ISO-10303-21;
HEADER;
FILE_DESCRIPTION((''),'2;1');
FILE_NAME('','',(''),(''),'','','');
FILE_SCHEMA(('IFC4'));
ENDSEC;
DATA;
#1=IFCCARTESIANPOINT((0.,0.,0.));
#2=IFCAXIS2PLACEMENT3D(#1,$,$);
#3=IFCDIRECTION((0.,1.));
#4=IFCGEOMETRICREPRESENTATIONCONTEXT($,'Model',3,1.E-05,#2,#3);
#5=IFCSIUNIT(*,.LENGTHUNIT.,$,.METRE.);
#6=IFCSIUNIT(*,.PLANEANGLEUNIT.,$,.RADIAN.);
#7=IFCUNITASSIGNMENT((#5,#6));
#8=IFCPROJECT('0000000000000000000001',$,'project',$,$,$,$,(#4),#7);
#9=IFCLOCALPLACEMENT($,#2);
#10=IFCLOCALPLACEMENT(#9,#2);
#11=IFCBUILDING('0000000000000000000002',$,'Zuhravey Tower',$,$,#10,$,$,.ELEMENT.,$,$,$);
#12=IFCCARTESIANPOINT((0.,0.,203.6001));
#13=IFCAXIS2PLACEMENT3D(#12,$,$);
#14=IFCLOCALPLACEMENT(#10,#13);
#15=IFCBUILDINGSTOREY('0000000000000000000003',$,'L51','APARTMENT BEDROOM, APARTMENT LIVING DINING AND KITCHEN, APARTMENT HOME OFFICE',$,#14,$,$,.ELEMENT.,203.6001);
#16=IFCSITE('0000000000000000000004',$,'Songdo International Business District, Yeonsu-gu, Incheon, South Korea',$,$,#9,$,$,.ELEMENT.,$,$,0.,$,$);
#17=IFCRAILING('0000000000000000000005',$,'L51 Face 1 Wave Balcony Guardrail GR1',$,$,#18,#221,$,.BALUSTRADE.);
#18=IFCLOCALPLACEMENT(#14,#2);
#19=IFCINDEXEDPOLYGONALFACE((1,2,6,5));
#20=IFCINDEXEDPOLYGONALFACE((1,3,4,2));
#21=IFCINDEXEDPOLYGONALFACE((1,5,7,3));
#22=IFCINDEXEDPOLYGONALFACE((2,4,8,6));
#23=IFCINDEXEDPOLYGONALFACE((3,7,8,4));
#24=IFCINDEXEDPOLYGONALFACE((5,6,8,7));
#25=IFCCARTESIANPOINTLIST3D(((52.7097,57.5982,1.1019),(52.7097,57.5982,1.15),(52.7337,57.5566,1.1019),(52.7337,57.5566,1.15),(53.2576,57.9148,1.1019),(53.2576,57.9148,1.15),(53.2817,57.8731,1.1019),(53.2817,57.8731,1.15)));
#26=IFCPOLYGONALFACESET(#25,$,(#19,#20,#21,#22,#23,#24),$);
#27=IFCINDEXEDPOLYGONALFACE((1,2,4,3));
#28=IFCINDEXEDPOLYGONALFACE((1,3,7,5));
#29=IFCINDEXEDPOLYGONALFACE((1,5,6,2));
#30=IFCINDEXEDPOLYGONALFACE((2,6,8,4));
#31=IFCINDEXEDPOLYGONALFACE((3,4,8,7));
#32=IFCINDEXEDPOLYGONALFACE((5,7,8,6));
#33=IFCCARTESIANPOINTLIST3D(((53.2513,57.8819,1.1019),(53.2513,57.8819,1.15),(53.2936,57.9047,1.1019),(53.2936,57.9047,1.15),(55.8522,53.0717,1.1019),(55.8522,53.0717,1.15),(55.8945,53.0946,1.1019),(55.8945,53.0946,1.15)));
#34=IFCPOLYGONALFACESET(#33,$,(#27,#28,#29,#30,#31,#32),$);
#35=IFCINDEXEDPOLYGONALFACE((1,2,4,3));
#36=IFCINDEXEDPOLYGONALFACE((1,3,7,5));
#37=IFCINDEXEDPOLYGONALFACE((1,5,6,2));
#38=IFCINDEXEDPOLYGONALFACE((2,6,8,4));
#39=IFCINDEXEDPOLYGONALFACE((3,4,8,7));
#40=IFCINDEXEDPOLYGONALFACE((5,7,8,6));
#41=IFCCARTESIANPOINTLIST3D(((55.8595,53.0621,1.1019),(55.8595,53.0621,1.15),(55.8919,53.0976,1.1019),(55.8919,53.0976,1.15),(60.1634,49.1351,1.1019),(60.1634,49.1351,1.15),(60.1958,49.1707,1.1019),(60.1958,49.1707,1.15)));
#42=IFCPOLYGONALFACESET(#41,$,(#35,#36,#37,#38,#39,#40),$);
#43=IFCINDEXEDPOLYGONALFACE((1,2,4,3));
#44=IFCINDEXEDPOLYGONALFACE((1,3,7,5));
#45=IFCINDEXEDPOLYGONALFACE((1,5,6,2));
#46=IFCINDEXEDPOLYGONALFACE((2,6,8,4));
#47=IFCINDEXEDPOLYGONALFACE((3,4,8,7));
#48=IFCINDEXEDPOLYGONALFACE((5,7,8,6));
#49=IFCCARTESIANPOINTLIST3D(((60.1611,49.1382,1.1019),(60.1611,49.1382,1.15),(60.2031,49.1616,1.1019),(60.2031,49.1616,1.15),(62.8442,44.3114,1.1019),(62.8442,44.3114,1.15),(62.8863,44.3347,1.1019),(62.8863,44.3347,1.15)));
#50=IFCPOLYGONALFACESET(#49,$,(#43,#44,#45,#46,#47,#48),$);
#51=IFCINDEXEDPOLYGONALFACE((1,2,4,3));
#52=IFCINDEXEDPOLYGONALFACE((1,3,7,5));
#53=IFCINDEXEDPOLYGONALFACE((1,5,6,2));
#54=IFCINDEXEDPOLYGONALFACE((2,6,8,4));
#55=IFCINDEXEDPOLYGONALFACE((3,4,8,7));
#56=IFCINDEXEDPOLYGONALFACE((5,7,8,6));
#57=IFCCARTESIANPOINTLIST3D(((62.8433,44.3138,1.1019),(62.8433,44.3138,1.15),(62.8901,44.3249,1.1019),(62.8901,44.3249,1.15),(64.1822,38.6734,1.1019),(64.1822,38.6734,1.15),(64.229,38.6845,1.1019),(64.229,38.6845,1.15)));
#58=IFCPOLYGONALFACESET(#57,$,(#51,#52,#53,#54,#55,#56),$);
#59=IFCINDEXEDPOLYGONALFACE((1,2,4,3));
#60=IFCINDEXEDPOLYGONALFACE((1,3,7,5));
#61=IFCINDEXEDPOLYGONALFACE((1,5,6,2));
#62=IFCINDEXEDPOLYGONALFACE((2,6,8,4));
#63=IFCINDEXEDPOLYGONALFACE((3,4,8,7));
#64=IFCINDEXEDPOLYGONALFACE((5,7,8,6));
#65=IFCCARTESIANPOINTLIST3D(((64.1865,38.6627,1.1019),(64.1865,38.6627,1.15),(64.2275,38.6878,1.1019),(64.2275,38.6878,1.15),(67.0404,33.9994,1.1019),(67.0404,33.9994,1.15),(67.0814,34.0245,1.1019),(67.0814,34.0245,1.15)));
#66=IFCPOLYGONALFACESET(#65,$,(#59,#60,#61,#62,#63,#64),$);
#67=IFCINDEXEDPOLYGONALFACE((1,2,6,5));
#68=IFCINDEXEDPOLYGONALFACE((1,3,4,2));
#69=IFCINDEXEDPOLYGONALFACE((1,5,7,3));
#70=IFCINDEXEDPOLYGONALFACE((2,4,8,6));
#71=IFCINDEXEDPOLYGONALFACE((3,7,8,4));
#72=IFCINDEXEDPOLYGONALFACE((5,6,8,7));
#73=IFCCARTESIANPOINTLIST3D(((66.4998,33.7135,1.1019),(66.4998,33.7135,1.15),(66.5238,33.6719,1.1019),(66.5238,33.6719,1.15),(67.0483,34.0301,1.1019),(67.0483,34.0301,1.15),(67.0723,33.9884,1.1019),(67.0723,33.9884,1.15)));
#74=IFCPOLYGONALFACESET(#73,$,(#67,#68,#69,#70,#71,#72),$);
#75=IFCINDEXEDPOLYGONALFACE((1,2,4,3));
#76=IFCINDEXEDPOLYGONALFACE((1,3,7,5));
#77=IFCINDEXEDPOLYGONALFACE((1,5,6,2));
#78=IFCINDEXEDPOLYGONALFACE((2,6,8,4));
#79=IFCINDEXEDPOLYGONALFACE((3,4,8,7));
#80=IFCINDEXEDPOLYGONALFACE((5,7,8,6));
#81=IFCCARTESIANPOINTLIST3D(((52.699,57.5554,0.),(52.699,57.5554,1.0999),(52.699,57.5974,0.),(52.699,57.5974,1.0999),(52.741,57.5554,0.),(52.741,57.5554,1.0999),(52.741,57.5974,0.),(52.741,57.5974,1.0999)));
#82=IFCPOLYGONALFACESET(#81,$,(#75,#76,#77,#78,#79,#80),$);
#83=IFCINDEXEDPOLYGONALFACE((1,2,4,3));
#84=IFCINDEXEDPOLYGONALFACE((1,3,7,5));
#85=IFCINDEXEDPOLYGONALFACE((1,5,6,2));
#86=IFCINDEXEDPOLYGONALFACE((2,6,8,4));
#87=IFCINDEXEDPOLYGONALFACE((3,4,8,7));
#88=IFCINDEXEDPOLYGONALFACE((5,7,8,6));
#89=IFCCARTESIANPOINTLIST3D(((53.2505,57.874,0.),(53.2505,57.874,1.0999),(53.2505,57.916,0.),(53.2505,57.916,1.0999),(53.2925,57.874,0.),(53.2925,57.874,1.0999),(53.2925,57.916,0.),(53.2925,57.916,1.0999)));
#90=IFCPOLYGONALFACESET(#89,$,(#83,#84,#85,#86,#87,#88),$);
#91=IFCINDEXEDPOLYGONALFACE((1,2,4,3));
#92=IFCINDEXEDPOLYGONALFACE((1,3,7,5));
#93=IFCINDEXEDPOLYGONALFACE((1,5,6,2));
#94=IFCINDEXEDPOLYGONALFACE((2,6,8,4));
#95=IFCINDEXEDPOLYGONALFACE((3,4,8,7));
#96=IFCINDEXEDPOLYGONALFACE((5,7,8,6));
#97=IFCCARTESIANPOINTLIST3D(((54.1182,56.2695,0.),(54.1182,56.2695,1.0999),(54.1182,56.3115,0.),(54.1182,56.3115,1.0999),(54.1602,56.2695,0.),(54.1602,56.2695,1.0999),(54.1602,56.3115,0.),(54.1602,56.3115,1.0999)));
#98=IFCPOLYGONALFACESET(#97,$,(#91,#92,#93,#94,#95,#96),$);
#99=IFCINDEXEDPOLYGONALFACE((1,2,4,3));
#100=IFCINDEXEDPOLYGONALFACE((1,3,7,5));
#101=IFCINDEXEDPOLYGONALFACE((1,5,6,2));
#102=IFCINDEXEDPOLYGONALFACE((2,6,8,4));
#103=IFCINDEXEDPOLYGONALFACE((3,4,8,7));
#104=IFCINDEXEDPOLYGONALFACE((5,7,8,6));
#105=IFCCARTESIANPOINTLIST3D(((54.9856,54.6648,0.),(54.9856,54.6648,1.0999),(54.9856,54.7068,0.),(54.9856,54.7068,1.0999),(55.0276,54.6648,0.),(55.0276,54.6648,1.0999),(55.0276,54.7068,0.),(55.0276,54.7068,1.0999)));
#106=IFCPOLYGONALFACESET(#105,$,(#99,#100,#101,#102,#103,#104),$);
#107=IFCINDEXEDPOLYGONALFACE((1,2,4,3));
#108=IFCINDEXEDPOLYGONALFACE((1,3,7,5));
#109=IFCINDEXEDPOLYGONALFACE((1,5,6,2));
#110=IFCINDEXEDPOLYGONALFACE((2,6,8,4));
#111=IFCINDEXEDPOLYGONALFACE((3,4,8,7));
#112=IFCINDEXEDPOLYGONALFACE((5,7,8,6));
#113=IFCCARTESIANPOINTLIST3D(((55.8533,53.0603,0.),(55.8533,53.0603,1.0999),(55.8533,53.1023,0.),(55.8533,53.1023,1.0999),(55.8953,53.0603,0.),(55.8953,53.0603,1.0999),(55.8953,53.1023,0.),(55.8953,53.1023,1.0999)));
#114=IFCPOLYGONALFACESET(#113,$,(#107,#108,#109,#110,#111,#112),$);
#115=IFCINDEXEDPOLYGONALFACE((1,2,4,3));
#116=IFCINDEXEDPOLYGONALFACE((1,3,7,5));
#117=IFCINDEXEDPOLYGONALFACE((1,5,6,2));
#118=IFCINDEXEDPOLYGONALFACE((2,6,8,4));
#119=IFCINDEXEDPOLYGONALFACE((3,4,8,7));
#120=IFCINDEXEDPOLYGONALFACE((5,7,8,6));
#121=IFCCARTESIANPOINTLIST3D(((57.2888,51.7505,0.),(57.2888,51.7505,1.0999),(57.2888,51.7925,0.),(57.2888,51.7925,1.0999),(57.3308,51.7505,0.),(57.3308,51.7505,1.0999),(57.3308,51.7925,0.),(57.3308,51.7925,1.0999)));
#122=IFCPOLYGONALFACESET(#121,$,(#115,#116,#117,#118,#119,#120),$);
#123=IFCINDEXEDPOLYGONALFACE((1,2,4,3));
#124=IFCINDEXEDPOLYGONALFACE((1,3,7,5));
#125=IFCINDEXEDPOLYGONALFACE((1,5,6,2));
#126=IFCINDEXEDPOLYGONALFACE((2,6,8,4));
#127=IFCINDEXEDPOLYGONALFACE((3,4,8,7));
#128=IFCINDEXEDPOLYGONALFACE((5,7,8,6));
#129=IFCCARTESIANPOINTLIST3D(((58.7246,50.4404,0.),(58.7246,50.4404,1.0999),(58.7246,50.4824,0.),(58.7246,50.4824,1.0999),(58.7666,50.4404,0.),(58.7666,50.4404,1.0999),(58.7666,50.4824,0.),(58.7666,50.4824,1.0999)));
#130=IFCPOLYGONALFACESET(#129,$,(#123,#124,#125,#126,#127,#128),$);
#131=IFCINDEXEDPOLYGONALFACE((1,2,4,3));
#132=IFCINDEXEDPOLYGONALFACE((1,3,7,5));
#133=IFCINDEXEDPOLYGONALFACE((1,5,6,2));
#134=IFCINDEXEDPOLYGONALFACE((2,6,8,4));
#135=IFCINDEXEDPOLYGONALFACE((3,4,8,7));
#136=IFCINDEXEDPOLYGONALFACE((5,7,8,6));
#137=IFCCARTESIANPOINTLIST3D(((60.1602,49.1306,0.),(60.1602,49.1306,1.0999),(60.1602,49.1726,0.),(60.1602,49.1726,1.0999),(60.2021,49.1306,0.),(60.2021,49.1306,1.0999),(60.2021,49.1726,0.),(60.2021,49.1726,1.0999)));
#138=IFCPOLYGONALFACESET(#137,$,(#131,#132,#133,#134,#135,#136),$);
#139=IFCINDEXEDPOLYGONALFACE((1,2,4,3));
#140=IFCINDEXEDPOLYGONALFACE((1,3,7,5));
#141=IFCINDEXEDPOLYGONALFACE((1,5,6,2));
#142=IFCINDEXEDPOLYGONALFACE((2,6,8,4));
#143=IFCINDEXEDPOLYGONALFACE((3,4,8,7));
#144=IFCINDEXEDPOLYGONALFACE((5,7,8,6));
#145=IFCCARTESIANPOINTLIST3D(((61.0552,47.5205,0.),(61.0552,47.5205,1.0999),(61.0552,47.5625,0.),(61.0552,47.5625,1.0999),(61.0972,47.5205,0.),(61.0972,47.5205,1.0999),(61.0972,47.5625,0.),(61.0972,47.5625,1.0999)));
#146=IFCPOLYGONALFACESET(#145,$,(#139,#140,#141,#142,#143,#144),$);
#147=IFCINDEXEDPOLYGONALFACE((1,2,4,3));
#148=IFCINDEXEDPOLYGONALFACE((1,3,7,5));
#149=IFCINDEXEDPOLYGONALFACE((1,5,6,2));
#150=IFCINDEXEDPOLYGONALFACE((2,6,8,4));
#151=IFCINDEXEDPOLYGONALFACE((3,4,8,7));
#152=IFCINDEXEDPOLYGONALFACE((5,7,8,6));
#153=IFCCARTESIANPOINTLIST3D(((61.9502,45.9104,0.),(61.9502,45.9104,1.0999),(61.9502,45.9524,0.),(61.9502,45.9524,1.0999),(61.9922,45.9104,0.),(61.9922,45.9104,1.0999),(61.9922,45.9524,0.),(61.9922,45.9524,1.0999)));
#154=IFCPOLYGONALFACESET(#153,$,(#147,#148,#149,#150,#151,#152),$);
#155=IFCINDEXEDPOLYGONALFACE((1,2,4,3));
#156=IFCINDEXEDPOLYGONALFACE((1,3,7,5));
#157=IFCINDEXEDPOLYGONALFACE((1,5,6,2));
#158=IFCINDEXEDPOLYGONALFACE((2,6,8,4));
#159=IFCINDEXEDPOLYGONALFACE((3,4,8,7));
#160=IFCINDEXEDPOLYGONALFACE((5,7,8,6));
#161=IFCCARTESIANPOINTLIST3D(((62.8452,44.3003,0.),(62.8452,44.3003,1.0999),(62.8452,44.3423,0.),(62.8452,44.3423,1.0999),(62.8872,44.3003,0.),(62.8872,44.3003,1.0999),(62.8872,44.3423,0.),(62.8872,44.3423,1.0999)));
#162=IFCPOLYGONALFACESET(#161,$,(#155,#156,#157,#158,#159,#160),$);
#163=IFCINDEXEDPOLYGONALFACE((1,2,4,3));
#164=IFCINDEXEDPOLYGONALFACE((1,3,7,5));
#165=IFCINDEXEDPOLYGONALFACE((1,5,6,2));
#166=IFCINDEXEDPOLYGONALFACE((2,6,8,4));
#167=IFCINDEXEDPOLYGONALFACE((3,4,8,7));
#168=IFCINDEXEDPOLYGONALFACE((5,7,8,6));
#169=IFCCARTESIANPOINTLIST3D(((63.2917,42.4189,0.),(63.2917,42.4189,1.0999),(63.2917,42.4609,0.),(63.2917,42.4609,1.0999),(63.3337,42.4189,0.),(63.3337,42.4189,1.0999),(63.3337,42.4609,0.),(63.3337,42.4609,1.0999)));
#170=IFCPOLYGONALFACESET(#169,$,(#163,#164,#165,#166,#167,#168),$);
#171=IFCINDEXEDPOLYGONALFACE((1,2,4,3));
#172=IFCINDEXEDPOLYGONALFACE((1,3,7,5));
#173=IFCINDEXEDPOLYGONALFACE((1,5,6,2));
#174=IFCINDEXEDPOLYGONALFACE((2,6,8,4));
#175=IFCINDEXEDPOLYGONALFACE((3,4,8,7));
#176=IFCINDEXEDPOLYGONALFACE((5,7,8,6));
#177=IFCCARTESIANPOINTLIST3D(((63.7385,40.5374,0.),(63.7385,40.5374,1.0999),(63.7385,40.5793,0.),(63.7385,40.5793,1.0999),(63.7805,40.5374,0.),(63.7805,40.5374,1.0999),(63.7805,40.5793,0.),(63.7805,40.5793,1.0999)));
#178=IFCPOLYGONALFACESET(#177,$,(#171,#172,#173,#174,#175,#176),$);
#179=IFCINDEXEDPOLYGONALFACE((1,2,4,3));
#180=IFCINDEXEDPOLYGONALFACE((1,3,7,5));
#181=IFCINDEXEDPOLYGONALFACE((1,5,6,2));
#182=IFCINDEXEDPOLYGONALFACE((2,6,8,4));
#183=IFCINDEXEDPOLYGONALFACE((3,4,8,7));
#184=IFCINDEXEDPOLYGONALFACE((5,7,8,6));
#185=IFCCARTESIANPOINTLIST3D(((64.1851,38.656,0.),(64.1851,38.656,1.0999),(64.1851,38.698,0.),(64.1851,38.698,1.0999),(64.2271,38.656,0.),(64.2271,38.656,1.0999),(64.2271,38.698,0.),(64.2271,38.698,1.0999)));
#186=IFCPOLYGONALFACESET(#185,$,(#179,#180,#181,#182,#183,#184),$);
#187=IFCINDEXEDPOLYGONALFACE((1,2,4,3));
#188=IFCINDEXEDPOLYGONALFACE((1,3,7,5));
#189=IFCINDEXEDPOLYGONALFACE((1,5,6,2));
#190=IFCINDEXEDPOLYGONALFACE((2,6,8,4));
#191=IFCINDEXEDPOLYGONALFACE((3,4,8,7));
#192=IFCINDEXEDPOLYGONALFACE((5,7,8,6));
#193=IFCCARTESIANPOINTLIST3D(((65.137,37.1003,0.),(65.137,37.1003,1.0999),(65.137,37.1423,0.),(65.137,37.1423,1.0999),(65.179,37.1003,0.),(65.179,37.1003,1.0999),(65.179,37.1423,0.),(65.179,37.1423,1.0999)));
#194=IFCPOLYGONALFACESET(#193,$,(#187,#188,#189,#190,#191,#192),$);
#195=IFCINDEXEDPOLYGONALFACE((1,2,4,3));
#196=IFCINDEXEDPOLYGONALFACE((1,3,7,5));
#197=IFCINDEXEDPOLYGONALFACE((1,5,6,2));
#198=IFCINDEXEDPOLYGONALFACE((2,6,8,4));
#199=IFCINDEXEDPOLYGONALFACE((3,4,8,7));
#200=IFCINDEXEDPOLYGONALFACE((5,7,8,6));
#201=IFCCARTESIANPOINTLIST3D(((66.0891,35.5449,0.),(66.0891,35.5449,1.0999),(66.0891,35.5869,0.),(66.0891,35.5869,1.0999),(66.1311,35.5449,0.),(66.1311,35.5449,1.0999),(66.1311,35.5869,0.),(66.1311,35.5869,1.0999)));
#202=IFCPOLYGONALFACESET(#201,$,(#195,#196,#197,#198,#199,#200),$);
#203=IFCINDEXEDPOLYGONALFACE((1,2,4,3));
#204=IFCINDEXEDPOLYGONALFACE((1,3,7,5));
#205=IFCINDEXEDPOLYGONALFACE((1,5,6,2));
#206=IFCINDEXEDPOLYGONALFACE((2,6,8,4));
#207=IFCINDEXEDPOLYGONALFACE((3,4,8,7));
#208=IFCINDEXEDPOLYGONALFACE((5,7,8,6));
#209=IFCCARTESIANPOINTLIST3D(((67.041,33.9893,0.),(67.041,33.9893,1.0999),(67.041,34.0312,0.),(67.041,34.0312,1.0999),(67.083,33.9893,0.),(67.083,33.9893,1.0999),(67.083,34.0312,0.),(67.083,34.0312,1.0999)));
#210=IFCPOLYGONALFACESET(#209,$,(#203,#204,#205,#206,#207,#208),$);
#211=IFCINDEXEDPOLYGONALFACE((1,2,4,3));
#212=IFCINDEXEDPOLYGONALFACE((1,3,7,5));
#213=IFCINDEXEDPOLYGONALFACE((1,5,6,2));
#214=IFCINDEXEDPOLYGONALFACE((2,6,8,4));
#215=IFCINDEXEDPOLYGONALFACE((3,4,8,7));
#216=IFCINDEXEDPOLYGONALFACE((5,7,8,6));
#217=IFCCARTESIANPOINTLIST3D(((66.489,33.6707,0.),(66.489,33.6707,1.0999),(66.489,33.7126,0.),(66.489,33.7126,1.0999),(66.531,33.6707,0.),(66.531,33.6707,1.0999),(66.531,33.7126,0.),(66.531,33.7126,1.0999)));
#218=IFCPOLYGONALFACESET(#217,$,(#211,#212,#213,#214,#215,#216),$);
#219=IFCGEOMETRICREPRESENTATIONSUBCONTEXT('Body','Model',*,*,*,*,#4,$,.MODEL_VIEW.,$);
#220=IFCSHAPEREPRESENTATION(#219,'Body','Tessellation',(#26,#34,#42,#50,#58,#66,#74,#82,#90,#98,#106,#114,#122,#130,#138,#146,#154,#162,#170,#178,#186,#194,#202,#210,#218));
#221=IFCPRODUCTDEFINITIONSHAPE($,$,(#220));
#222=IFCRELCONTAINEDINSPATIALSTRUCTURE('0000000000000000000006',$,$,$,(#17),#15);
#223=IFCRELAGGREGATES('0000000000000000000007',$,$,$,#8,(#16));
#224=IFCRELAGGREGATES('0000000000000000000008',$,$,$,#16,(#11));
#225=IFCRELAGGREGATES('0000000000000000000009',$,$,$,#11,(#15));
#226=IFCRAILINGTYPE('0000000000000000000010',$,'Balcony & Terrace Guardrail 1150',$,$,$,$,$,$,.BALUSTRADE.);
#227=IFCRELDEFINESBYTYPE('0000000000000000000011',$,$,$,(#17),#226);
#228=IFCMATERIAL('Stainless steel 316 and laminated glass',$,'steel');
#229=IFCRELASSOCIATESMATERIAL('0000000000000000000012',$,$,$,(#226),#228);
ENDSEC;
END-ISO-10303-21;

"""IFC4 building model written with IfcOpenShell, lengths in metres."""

from ifc_helpers import new_model, si_unit, direction, frame, origin, origin_2d, place, context, subcontext, project, spatial, rectangle, extrude, material, type_object, element, save


model = new_model("IFC4")

# Units and contexts
model_context = context("Model", 3, precision=1e-05, world=origin(), true_north=direction((0.0, 1.0)))
body_context = subcontext(model_context, "Body", "Model", "MODEL_VIEW")
ifc_project = project(units=[si_unit("LENGTHUNIT", "METRE"), si_unit("PLANEANGLEUNIT", "RADIAN")], contexts=[model_context])

# Site, building, storey
site_placement = place(None, origin())
site = spatial("IfcSite", under=ifc_project, at=site_placement, Name="Songdo International Business District, Yeonsu-gu, Incheon, South Korea", CompositionType="ELEMENT", RefElevation=0.0)
building_placement = place(site_placement, origin())
building = spatial("IfcBuilding", under=site, at=building_placement, Name="Zuhravey Tower", CompositionType="ELEMENT")
storey_placement = place(building_placement, frame((0.0, 0.0, 203.6001)))
storey = spatial("IfcBuildingStorey", under=building, at=storey_placement, Name="L51", Description="APARTMENT BEDROOM, APARTMENT LIVING DINING AND KITCHEN, APARTMENT HOME OFFICE", CompositionType="ELEMENT", Elevation=203.6001)

# Railing
ifc_material_1 = material(Name="Stainless steel 316 and laminated glass", Category="steel")
railing_type = type_object("IfcRailingType", Name="Balcony & Terrace Guardrail 1150", PredefinedType="BALUSTRADE", material=ifc_material_1)
railing_placement = place(storey_placement, frame((52.72, 57.5764, 0.0)))
element("IfcRailing", 1, at=railing_placement, inside=storey, type_object=railing_type, Name="L51 Face 1 Wave Balcony Guardrail GR1", PredefinedType="BALUSTRADE", context=body_context, shape_type="SweptSolid", body=[
    extrude(rectangle(XDim=0.0481, YDim=0.0481, at=origin_2d()), frame((0.0017, 0.001, 1.126), z_axis=(0.865898, 0.50022, 0.0), x_axis=(-0.50022, 0.865898, 0.0)), (0.0, 0.0, 1.0), 0.6328),
    extrude(rectangle(XDim=0.0481, YDim=0.0481, at=origin_2d()), frame((0.5525, 0.3169, 1.126), z_axis=(0.475626, -0.879647, 0.0), x_axis=(0.879647, 0.475626, 0.0)), (0.0, 0.0, 1.0), 5.4683),
    extrude(rectangle(XDim=0.0481, YDim=0.0481, at=origin_2d()), frame((3.1558, -4.4966, 1.126), z_axis=(0.738715, -0.674018, 0.0), x_axis=(0.674018, 0.738715, 0.0)), (0.0, 0.0, 1.0), 5.8262),
    extrude(rectangle(XDim=0.0481, YDim=0.0481, at=origin_2d()), frame((7.4622, -8.4265, 1.126), z_axis=(0.485857, -0.874038, 0.0), x_axis=(0.874038, 0.485857, 0.0)), (0.0, 0.0, 1.0), 5.5225),
    extrude(rectangle(XDim=0.0481, YDim=0.0481, at=origin_2d()), frame((10.1467, -13.2571, 1.126), z_axis=(0.230962, -0.972963, 0.0), x_axis=(0.972963, 0.230962, 0.0)), (0.0, 0.0, 1.0), 5.7971),
    extrude(rectangle(XDim=0.0481, YDim=0.0481, at=origin_2d()), frame((11.4871, -18.9011, 1.126), z_axis=(0.52199, -0.852952, 0.0), x_axis=(0.852952, 0.52199, 0.0)), (0.0, 0.0, 1.0), 5.4673),
    extrude(rectangle(XDim=0.0481, YDim=0.0481, at=origin_2d()), frame((14.3403, -23.5671, 1.126), z_axis=(-0.86609, -0.499888, 0.0), x_axis=(0.499888, -0.86609, 0.0)), (0.0, 0.0, 1.0), 0.6333),
    extrude(rectangle(XDim=0.042, YDim=0.042, at=origin_2d()), origin(), (0.0, 0.0, 1.0), 1.0999),
    extrude(rectangle(XDim=0.042, YDim=0.042, at=origin_2d()), frame((0.5515, 0.3186, 0.0)), (0.0, 0.0, 1.0), 1.0999),
    extrude(rectangle(XDim=0.042, YDim=0.042, at=origin_2d()), frame((1.4192, -1.2859, 0.0)), (0.0, 0.0, 1.0), 1.0999),
    extrude(rectangle(XDim=0.042, YDim=0.042, at=origin_2d()), frame((2.2866, -2.8906, 0.0)), (0.0, 0.0, 1.0), 1.0999),
    extrude(rectangle(XDim=0.042, YDim=0.042, at=origin_2d()), frame((3.1543, -4.4951, 0.0)), (0.0, 0.0, 1.0), 1.0999),
    extrude(rectangle(XDim=0.042, YDim=0.042, at=origin_2d()), frame((4.5898, -5.8049, 0.0)), (0.0, 0.0, 1.0), 1.0999),
    extrude(rectangle(XDim=0.042, YDim=0.042, at=origin_2d()), frame((6.0256, -7.115, 0.0)), (0.0, 0.0, 1.0), 1.0999),
    extrude(rectangle(XDim=0.042, YDim=0.042, at=origin_2d()), frame((7.4612, -8.4248, 0.0)), (0.0, 0.0, 1.0), 1.0999),
    extrude(rectangle(XDim=0.042, YDim=0.042, at=origin_2d()), frame((8.3562, -10.0349, 0.0)), (0.0, 0.0, 1.0), 1.0999),
    extrude(rectangle(XDim=0.042, YDim=0.042, at=origin_2d()), frame((9.2512, -11.645, 0.0)), (0.0, 0.0, 1.0), 1.0999),
    extrude(rectangle(XDim=0.042, YDim=0.042, at=origin_2d()), frame((10.1462, -13.2551, 0.0)), (0.0, 0.0, 1.0), 1.0999),
    extrude(rectangle(XDim=0.042, YDim=0.042, at=origin_2d()), frame((10.5928, -15.1365, 0.0)), (0.0, 0.0, 1.0), 1.0999),
    extrude(rectangle(XDim=0.042, YDim=0.042, at=origin_2d()), frame((11.0396, -17.0181, 0.0)), (0.0, 0.0, 1.0), 1.0999),
    extrude(rectangle(XDim=0.042, YDim=0.042, at=origin_2d()), frame((11.4861, -18.8994, 0.0)), (0.0, 0.0, 1.0), 1.0999),
    extrude(rectangle(XDim=0.042, YDim=0.042, at=origin_2d()), frame((12.438, -20.4551, 0.0)), (0.0, 0.0, 1.0), 1.0999),
    extrude(rectangle(XDim=0.042, YDim=0.042, at=origin_2d()), frame((13.3901, -22.0105, 0.0)), (0.0, 0.0, 1.0), 1.0999),
    extrude(rectangle(XDim=0.042, YDim=0.042, at=origin_2d()), frame((14.342, -23.5662, 0.0)), (0.0, 0.0, 1.0), 1.0999),
    extrude(rectangle(XDim=0.042, YDim=0.042, at=origin_2d()), frame((13.79, -23.8848, 0.0)), (0.0, 0.0, 1.0), 1.0999),
])

save(model, "model.ifc")
